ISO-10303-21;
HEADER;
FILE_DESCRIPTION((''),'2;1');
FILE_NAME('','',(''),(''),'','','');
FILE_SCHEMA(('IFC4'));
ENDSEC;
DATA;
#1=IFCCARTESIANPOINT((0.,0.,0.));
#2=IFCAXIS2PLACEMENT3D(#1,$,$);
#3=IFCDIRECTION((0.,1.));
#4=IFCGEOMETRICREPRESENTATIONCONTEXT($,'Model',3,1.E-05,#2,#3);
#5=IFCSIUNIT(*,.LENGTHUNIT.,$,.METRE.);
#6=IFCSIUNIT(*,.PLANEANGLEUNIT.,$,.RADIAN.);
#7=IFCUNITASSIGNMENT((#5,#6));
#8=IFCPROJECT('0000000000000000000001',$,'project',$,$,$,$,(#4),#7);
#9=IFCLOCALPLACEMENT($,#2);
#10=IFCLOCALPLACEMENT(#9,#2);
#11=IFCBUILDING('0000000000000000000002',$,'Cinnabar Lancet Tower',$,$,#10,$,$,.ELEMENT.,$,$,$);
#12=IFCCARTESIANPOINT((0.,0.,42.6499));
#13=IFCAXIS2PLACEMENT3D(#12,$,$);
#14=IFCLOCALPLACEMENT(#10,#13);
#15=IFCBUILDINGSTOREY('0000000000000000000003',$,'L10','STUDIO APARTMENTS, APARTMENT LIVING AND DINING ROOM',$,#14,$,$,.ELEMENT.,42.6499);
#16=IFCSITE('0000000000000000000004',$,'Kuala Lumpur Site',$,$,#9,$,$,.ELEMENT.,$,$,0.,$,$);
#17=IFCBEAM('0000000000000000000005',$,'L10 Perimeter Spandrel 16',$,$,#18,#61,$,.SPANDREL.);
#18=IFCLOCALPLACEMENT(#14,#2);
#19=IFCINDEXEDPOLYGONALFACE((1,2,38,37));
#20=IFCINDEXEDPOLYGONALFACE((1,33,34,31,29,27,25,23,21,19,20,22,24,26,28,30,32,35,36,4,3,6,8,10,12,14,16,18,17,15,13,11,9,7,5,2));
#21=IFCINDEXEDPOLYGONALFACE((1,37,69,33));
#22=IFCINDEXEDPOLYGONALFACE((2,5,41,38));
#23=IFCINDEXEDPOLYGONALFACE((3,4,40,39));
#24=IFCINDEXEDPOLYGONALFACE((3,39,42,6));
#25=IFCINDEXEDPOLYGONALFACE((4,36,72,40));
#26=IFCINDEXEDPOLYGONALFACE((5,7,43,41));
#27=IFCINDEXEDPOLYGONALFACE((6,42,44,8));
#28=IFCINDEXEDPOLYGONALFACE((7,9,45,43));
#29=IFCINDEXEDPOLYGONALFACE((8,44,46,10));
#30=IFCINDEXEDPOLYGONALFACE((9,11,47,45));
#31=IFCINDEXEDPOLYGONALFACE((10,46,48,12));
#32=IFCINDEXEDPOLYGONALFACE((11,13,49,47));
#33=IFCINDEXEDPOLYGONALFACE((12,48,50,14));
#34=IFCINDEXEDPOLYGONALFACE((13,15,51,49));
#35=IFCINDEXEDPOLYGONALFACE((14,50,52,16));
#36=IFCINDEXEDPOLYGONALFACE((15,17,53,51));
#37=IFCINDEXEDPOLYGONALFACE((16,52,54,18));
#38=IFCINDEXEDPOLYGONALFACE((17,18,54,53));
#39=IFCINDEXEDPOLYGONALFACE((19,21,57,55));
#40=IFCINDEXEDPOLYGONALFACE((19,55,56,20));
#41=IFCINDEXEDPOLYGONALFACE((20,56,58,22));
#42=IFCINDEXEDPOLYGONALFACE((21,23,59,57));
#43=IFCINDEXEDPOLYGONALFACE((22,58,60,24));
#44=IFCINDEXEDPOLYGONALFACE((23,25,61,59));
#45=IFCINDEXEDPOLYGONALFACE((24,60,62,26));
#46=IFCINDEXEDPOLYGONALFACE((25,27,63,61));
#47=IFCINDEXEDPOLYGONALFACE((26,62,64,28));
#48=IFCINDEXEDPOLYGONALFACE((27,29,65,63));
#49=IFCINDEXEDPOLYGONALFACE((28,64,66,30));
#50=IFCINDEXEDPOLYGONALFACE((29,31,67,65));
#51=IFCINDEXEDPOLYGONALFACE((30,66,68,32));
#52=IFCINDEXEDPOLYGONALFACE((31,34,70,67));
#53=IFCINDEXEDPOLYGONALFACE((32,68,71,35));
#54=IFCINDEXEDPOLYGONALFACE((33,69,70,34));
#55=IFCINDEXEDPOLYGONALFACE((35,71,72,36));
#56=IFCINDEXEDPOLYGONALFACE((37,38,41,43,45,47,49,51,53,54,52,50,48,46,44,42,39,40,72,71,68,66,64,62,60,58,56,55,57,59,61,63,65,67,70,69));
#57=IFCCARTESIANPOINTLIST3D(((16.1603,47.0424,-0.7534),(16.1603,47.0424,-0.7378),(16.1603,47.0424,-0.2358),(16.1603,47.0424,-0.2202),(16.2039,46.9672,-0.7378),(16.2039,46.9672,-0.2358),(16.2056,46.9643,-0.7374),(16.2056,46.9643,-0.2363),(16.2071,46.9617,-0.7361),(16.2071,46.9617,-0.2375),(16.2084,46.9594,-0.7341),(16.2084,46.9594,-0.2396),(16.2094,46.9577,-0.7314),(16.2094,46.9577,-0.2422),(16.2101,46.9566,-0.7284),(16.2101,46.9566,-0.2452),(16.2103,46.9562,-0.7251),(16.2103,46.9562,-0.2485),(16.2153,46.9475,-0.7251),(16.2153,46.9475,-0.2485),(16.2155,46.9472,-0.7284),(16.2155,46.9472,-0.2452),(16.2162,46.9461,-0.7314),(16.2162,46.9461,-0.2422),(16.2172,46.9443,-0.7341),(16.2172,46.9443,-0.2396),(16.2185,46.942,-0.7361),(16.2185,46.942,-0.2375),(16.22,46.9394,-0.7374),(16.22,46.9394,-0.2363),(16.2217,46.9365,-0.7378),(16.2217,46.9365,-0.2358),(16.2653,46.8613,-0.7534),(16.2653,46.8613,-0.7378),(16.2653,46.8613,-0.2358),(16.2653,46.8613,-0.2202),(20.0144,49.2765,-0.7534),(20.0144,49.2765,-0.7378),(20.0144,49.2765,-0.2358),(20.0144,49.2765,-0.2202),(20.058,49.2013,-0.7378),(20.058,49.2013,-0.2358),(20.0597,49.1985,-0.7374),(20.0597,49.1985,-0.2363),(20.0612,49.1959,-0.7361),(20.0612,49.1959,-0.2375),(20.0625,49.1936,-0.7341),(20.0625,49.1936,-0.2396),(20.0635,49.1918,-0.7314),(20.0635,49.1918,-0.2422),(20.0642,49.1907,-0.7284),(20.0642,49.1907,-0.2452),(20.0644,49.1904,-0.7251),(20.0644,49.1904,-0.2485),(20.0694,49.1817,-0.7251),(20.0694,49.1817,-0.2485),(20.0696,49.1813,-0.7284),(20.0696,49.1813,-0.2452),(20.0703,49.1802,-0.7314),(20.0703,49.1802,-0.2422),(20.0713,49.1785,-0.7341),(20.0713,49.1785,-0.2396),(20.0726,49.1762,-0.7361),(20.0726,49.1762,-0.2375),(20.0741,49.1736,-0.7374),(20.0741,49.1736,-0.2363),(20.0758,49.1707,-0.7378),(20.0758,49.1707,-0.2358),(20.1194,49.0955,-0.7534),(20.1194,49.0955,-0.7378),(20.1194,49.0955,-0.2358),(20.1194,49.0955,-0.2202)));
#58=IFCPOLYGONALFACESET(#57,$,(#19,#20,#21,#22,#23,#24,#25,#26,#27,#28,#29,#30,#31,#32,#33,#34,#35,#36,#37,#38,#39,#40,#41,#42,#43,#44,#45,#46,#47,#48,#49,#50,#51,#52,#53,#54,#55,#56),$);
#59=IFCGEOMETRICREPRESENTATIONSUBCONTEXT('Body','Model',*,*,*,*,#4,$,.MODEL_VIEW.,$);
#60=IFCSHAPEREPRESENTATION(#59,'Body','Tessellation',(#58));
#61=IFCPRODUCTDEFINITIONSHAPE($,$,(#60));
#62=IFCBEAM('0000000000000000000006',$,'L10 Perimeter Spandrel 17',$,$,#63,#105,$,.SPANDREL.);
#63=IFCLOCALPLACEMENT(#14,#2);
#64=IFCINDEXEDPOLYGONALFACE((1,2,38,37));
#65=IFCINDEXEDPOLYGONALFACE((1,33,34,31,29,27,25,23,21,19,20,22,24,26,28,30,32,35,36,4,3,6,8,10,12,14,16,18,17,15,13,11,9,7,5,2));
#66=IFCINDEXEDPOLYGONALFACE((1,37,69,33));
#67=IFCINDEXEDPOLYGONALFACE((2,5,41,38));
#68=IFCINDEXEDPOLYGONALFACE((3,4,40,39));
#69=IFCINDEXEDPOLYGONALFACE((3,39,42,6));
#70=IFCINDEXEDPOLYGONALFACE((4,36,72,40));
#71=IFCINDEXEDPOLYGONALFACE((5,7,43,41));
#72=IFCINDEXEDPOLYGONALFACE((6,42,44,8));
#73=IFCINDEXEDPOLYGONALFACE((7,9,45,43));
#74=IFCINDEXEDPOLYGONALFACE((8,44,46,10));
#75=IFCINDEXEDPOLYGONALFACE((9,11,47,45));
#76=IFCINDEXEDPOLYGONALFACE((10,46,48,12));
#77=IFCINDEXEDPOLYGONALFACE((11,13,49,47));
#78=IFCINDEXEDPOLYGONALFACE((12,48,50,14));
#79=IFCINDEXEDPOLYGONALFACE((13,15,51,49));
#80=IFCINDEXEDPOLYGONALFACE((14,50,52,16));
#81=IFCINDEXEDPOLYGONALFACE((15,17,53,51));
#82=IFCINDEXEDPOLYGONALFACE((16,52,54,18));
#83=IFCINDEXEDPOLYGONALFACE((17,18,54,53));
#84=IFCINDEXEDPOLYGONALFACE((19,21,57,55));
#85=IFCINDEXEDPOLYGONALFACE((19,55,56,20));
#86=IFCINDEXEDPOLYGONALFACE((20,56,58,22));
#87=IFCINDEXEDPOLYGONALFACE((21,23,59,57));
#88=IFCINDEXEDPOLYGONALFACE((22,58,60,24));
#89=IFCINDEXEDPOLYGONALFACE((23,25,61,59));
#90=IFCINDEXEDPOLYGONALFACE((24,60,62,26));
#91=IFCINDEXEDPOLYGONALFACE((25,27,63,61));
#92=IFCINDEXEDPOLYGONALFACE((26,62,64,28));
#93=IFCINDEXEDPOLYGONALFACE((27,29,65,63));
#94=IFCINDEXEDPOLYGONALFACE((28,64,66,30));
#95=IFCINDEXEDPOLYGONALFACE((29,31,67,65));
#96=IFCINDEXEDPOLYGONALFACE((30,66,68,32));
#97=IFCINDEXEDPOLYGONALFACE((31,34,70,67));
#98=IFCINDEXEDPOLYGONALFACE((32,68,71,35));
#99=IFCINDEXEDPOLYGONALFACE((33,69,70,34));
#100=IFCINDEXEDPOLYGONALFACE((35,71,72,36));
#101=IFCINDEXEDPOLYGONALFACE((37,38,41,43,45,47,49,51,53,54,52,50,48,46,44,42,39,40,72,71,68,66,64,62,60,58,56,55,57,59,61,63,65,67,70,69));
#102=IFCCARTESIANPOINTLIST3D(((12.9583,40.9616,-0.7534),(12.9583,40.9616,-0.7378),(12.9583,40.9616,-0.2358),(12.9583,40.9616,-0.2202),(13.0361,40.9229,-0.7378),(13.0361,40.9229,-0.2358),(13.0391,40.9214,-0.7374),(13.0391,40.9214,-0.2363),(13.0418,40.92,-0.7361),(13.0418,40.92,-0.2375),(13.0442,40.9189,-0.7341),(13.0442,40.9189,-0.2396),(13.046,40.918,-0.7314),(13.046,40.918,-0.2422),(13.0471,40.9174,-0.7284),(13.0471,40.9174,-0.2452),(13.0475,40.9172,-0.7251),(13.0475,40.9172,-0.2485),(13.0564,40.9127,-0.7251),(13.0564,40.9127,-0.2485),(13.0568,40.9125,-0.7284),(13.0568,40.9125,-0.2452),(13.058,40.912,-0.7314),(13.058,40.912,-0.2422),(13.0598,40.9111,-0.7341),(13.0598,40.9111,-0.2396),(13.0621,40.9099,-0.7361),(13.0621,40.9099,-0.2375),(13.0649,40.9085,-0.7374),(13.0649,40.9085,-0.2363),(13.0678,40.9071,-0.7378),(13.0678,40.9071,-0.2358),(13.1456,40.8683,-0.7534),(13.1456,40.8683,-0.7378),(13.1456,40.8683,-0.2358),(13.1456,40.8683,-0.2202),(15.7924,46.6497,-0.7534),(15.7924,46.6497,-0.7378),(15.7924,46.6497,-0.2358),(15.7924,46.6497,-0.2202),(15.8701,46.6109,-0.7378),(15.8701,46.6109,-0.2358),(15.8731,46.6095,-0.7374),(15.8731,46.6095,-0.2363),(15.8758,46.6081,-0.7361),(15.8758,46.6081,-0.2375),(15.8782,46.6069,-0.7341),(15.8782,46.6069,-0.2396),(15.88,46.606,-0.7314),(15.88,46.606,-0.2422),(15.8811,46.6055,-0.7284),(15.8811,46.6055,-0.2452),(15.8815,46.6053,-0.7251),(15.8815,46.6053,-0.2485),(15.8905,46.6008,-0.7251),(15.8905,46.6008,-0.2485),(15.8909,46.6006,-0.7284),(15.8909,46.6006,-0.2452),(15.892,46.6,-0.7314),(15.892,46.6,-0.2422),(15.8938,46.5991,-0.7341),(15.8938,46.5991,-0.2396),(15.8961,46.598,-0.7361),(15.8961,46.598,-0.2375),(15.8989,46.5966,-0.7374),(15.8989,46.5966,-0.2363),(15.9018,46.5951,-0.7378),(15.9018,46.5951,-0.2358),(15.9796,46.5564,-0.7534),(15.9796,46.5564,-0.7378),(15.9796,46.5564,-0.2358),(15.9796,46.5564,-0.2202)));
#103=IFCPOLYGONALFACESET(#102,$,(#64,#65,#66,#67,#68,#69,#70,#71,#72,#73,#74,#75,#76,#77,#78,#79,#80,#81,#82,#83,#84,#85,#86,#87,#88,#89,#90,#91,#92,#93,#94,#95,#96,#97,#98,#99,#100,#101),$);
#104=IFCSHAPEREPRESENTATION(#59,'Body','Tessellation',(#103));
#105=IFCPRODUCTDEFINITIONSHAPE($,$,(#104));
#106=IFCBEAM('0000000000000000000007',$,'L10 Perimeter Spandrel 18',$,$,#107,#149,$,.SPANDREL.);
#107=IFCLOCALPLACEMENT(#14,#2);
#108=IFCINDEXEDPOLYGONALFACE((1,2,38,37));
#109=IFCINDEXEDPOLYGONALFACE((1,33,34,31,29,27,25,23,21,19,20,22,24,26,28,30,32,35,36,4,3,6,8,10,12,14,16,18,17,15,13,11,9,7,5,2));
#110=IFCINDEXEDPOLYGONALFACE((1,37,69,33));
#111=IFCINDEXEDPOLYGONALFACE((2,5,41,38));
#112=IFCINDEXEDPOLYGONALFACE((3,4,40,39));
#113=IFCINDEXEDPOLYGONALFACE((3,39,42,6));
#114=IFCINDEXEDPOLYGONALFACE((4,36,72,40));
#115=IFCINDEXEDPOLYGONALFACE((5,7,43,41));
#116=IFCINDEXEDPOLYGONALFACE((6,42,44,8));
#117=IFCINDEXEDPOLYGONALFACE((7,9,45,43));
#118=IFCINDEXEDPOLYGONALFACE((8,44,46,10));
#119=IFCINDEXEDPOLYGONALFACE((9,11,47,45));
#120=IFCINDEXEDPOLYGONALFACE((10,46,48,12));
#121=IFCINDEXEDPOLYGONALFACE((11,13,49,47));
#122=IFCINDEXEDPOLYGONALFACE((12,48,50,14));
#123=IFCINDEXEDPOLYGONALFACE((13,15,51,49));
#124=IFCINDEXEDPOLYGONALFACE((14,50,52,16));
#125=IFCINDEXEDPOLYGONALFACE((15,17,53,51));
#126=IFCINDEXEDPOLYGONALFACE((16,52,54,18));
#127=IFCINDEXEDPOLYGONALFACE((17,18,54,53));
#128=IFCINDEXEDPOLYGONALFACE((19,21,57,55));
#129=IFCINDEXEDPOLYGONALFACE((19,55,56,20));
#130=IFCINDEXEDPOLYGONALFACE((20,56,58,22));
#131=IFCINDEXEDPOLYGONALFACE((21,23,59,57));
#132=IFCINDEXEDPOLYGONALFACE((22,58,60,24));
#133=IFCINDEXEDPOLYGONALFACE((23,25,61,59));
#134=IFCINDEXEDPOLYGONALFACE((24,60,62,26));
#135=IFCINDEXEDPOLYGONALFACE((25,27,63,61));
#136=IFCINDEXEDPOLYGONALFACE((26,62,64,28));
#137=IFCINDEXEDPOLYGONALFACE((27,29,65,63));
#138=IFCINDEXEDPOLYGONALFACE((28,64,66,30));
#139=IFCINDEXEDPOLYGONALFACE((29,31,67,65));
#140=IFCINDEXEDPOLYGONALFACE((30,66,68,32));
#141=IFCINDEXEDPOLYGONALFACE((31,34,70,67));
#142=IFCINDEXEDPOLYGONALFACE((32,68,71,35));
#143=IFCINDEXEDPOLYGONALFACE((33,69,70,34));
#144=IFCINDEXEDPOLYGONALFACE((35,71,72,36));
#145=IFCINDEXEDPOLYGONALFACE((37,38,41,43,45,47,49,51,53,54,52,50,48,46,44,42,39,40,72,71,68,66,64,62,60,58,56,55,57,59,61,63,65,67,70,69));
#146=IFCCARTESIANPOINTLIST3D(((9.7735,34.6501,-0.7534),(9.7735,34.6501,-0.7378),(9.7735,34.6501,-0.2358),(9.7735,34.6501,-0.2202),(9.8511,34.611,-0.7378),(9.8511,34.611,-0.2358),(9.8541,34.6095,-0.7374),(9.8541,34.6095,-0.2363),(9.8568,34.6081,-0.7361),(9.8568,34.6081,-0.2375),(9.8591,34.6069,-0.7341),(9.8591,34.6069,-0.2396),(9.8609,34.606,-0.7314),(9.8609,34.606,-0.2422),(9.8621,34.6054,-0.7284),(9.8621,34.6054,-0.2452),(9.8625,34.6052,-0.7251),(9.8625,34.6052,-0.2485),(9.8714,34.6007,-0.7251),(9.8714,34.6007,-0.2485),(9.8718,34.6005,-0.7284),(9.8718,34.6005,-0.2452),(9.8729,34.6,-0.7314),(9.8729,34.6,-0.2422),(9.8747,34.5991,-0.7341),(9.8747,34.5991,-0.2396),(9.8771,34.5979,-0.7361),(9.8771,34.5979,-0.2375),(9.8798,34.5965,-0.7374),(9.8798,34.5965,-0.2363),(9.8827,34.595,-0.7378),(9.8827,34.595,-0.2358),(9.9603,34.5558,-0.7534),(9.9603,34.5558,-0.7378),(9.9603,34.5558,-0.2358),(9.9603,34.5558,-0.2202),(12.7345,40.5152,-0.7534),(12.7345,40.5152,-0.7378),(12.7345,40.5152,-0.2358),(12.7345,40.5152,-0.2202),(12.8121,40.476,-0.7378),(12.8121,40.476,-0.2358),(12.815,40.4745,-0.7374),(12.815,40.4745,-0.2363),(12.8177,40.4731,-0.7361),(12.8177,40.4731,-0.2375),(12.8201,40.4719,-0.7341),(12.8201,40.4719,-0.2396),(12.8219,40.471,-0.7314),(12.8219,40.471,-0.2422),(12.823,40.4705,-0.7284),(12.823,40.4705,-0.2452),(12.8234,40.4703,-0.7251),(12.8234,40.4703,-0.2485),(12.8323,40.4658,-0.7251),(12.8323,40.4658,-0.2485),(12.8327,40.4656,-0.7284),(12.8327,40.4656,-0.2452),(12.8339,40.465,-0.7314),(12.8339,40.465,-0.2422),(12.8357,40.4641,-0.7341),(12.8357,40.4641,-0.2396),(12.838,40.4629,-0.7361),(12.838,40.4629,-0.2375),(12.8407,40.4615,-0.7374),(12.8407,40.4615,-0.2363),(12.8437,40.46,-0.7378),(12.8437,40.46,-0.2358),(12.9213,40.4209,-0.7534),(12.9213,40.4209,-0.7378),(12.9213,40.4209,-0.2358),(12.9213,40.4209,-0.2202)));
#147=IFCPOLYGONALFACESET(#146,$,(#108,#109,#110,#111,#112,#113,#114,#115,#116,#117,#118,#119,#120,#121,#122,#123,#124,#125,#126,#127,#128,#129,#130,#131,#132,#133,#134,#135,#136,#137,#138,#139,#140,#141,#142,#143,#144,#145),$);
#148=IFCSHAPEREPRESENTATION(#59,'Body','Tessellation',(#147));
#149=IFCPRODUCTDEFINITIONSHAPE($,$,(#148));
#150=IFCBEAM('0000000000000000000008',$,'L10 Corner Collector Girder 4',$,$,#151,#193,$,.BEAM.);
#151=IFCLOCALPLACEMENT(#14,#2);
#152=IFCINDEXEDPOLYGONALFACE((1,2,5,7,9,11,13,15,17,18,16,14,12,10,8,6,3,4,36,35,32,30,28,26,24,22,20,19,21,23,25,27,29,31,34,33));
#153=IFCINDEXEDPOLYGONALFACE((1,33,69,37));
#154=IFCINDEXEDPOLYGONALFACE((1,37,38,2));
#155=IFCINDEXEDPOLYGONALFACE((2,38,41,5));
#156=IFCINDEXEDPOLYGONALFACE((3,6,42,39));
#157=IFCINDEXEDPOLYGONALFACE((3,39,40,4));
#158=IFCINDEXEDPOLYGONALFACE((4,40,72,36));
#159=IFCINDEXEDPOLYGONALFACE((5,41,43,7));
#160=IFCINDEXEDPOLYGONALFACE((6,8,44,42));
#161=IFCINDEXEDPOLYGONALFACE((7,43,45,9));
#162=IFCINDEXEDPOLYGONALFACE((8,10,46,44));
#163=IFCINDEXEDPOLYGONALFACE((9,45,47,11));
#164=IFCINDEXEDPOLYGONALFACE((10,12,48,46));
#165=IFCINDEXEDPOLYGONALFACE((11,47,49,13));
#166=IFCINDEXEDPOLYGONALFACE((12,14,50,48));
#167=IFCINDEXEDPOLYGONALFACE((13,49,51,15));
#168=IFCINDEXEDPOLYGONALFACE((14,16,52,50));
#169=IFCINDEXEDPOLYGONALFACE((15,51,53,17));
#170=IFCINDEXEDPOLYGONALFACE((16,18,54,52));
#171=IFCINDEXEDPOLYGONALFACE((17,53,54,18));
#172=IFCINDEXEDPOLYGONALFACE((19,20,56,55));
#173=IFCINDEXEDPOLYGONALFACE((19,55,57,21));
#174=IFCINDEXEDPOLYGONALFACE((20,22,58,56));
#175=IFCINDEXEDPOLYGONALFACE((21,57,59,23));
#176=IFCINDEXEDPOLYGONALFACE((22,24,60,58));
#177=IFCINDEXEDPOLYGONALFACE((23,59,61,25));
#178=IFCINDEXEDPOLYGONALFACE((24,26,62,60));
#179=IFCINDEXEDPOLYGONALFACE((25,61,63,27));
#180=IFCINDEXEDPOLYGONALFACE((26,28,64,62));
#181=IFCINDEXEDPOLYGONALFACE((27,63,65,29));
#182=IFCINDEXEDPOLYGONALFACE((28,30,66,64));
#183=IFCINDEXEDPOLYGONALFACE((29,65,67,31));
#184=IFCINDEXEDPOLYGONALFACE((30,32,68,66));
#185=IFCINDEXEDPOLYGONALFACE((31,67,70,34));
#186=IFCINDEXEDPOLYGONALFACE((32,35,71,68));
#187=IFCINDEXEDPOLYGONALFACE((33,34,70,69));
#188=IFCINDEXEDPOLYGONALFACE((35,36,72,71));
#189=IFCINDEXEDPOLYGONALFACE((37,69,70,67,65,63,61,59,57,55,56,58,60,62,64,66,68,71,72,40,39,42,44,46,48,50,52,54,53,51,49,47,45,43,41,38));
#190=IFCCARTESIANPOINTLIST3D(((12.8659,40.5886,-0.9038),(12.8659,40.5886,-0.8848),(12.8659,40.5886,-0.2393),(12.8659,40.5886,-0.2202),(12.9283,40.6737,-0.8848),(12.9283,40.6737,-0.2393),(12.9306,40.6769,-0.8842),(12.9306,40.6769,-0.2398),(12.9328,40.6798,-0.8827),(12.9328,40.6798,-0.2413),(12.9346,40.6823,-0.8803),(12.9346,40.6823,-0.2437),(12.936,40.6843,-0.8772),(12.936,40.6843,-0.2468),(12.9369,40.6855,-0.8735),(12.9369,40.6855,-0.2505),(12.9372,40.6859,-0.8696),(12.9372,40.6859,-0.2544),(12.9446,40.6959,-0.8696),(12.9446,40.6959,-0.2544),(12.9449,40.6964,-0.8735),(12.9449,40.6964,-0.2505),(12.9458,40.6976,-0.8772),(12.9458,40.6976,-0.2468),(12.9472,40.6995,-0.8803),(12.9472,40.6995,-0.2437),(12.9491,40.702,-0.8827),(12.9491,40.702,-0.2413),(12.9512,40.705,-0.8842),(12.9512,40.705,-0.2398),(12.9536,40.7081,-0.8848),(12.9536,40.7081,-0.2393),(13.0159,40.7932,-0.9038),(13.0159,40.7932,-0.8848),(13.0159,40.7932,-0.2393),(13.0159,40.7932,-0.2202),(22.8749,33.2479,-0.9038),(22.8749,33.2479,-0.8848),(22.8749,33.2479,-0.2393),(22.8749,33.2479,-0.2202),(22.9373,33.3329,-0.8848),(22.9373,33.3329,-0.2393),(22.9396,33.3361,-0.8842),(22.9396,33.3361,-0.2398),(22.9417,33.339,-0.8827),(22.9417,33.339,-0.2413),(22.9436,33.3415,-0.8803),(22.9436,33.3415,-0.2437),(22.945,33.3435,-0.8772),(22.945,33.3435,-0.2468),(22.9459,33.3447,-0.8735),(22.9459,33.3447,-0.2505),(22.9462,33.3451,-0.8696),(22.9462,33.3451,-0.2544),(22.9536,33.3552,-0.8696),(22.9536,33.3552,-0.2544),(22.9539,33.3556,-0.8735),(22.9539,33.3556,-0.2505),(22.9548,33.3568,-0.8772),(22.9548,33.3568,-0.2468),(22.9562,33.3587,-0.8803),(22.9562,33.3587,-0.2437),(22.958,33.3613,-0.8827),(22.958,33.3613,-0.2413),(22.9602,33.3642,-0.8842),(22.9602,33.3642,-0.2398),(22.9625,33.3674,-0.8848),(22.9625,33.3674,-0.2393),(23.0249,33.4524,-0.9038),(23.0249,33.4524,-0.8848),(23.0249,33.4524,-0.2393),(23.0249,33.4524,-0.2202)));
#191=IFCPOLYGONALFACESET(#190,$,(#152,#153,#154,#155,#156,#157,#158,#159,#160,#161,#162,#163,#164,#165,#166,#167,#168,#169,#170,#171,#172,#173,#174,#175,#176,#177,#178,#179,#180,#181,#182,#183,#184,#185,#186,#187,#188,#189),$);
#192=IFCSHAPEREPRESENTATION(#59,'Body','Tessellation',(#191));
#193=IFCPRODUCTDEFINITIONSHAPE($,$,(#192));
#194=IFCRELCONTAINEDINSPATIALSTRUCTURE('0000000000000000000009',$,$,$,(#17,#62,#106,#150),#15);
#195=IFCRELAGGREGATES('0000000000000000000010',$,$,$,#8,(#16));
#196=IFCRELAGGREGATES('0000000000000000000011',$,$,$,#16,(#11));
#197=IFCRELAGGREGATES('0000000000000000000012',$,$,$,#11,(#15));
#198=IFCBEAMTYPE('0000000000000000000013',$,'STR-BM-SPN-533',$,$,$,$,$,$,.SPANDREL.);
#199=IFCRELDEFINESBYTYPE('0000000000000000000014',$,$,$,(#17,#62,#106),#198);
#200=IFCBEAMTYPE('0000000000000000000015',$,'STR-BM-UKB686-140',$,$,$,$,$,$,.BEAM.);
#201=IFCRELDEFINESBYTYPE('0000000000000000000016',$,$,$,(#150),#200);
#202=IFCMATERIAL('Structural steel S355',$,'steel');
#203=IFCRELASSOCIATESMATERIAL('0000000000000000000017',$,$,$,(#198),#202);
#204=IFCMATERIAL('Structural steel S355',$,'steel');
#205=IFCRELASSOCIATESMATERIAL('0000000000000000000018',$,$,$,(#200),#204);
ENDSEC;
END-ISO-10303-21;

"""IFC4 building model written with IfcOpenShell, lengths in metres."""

from ifc_helpers import new_model, si_unit, direction, frame, origin, origin_2d, place, context, subcontext, project, spatial, i_section, extrude, material, material_profile, profile_set, type_object, element, save


model = new_model("IFC4")

# Units and contexts
model_context = context("Model", 3, precision=1e-05, world=origin(), true_north=direction((0.0, 1.0)))
body_context = subcontext(model_context, "Body", "Model", "MODEL_VIEW")
ifc_project = project(units=[si_unit("LENGTHUNIT", "METRE"), si_unit("PLANEANGLEUNIT", "RADIAN")], contexts=[model_context])

# Site, building, storey
site_placement = place(None, origin())
site = spatial("IfcSite", under=ifc_project, at=site_placement, Name="Kuala Lumpur Site", CompositionType="ELEMENT", RefElevation=0.0)
building_placement = place(site_placement, origin())
building = spatial("IfcBuilding", under=site, at=building_placement, Name="Cinnabar Lancet Tower", CompositionType="ELEMENT")
storey_placement = place(building_placement, frame((0.0, 0.0, 42.6499)))
storey = spatial("IfcBuildingStorey", under=building, at=storey_placement, Name="L10", Description="STUDIO APARTMENTS, APARTMENT LIVING AND DINING ROOM", CompositionType="ELEMENT", Elevation=42.6499)

# Beams
ifc_material_1 = material(Name="Structural steel S355", Category="steel")
ifc_material_profile_1 = material_profile(ifc_material_1, i_section(OverallWidth=0.2092, OverallDepth=0.5332, WebThickness=0.01, FlangeThickness=0.0156, FilletRadius=0.0127, at=origin_2d()), Name="UKB 533x210x92")
ifc_profile_set_1 = profile_set([ifc_material_profile_1], Name="Structural steel S355")
beam_type_1 = type_object("IfcBeamType", Name="STR-BM-SPN-533", PredefinedType="SPANDREL", material=ifc_profile_set_1)
beam_1_placement = place(storey_placement, frame((20.0669, 49.186, -0.4868), z_axis=(-0.865147, -0.501518, 0.0), x_axis=(0.501518, -0.865147, 0.0)))
element("IfcBeam", 1, at=beam_1_placement, inside=storey, type_object=beam_type_1, Name="L10 Perimeter Spandrel 16", PredefinedType="SPANDREL", context=body_context, shape_type="SweptSolid", body=[
    extrude(i_section(OverallWidth=0.2092, OverallDepth=0.5332, WebThickness=0.01, FlangeThickness=0.0156, FilletRadius=0.0127, at=origin_2d()), origin(), (0.0, 0.0, 1.0), 4.4548),
])
beam_2_placement = place(storey_placement, frame((15.886, 46.603, -0.4868), z_axis=(-0.445953, -0.895056, 0.0), x_axis=(0.895056, -0.445953, 0.0)))
element("IfcBeam", 2, at=beam_2_placement, inside=storey, type_object=beam_type_1, Name="L10 Perimeter Spandrel 17", PredefinedType="SPANDREL", context=body_context, shape_type="SweptSolid", body=[
    extrude(i_section(OverallWidth=0.2092, OverallDepth=0.5332, WebThickness=0.01, FlangeThickness=0.0156, FilletRadius=0.0127, at=origin_2d()), origin(), (0.0, 0.0, 1.0), 6.355),
])
beam_3_placement = place(storey_placement, frame((12.8279, 40.468, -0.4868), z_axis=(-0.450674, -0.892689, 0.0), x_axis=(0.892689, -0.450674, 0.0)))
element("IfcBeam", 3, at=beam_3_placement, inside=storey, type_object=beam_type_1, Name="L10 Perimeter Spandrel 18", PredefinedType="SPANDREL", context=body_context, shape_type="SweptSolid", body=[
    extrude(i_section(OverallWidth=0.2092, OverallDepth=0.5332, WebThickness=0.01, FlangeThickness=0.0156, FilletRadius=0.0127, at=origin_2d()), origin(), (0.0, 0.0, 1.0), 6.5701),
])
ifc_material_2 = material(Name="Structural steel S355", Category="steel")
ifc_material_profile_2 = material_profile(ifc_material_2, i_section(OverallWidth=0.2537, OverallDepth=0.6836, WebThickness=0.0125, FlangeThickness=0.019, FilletRadius=0.0151, at=origin_2d()), Name="UKB 686x254x140")
ifc_profile_set_2 = profile_set([ifc_material_profile_2], Name="Structural steel S355")
beam_type_2 = type_object("IfcBeamType", Name="STR-BM-UKB686-140", PredefinedType="BEAM", material=ifc_profile_set_2)
beam_4_placement = place(storey_placement, frame((12.9409, 40.6909, -0.562), z_axis=(0.806372, -0.591409, 0.0), x_axis=(0.591409, 0.806372, 0.0)))
element("IfcBeam", 4, at=beam_4_placement, inside=storey, type_object=beam_type_2, Name="L10 Corner Collector Girder 4", PredefinedType="BEAM", context=body_context, shape_type="SweptSolid", body=[
    extrude(i_section(OverallWidth=0.2537, OverallDepth=0.6836, WebThickness=0.0125, FlangeThickness=0.019, FilletRadius=0.0151, at=origin_2d()), origin(), (0.0, 0.0, 1.0), 12.4124),
])

save(model, "model.ifc")
